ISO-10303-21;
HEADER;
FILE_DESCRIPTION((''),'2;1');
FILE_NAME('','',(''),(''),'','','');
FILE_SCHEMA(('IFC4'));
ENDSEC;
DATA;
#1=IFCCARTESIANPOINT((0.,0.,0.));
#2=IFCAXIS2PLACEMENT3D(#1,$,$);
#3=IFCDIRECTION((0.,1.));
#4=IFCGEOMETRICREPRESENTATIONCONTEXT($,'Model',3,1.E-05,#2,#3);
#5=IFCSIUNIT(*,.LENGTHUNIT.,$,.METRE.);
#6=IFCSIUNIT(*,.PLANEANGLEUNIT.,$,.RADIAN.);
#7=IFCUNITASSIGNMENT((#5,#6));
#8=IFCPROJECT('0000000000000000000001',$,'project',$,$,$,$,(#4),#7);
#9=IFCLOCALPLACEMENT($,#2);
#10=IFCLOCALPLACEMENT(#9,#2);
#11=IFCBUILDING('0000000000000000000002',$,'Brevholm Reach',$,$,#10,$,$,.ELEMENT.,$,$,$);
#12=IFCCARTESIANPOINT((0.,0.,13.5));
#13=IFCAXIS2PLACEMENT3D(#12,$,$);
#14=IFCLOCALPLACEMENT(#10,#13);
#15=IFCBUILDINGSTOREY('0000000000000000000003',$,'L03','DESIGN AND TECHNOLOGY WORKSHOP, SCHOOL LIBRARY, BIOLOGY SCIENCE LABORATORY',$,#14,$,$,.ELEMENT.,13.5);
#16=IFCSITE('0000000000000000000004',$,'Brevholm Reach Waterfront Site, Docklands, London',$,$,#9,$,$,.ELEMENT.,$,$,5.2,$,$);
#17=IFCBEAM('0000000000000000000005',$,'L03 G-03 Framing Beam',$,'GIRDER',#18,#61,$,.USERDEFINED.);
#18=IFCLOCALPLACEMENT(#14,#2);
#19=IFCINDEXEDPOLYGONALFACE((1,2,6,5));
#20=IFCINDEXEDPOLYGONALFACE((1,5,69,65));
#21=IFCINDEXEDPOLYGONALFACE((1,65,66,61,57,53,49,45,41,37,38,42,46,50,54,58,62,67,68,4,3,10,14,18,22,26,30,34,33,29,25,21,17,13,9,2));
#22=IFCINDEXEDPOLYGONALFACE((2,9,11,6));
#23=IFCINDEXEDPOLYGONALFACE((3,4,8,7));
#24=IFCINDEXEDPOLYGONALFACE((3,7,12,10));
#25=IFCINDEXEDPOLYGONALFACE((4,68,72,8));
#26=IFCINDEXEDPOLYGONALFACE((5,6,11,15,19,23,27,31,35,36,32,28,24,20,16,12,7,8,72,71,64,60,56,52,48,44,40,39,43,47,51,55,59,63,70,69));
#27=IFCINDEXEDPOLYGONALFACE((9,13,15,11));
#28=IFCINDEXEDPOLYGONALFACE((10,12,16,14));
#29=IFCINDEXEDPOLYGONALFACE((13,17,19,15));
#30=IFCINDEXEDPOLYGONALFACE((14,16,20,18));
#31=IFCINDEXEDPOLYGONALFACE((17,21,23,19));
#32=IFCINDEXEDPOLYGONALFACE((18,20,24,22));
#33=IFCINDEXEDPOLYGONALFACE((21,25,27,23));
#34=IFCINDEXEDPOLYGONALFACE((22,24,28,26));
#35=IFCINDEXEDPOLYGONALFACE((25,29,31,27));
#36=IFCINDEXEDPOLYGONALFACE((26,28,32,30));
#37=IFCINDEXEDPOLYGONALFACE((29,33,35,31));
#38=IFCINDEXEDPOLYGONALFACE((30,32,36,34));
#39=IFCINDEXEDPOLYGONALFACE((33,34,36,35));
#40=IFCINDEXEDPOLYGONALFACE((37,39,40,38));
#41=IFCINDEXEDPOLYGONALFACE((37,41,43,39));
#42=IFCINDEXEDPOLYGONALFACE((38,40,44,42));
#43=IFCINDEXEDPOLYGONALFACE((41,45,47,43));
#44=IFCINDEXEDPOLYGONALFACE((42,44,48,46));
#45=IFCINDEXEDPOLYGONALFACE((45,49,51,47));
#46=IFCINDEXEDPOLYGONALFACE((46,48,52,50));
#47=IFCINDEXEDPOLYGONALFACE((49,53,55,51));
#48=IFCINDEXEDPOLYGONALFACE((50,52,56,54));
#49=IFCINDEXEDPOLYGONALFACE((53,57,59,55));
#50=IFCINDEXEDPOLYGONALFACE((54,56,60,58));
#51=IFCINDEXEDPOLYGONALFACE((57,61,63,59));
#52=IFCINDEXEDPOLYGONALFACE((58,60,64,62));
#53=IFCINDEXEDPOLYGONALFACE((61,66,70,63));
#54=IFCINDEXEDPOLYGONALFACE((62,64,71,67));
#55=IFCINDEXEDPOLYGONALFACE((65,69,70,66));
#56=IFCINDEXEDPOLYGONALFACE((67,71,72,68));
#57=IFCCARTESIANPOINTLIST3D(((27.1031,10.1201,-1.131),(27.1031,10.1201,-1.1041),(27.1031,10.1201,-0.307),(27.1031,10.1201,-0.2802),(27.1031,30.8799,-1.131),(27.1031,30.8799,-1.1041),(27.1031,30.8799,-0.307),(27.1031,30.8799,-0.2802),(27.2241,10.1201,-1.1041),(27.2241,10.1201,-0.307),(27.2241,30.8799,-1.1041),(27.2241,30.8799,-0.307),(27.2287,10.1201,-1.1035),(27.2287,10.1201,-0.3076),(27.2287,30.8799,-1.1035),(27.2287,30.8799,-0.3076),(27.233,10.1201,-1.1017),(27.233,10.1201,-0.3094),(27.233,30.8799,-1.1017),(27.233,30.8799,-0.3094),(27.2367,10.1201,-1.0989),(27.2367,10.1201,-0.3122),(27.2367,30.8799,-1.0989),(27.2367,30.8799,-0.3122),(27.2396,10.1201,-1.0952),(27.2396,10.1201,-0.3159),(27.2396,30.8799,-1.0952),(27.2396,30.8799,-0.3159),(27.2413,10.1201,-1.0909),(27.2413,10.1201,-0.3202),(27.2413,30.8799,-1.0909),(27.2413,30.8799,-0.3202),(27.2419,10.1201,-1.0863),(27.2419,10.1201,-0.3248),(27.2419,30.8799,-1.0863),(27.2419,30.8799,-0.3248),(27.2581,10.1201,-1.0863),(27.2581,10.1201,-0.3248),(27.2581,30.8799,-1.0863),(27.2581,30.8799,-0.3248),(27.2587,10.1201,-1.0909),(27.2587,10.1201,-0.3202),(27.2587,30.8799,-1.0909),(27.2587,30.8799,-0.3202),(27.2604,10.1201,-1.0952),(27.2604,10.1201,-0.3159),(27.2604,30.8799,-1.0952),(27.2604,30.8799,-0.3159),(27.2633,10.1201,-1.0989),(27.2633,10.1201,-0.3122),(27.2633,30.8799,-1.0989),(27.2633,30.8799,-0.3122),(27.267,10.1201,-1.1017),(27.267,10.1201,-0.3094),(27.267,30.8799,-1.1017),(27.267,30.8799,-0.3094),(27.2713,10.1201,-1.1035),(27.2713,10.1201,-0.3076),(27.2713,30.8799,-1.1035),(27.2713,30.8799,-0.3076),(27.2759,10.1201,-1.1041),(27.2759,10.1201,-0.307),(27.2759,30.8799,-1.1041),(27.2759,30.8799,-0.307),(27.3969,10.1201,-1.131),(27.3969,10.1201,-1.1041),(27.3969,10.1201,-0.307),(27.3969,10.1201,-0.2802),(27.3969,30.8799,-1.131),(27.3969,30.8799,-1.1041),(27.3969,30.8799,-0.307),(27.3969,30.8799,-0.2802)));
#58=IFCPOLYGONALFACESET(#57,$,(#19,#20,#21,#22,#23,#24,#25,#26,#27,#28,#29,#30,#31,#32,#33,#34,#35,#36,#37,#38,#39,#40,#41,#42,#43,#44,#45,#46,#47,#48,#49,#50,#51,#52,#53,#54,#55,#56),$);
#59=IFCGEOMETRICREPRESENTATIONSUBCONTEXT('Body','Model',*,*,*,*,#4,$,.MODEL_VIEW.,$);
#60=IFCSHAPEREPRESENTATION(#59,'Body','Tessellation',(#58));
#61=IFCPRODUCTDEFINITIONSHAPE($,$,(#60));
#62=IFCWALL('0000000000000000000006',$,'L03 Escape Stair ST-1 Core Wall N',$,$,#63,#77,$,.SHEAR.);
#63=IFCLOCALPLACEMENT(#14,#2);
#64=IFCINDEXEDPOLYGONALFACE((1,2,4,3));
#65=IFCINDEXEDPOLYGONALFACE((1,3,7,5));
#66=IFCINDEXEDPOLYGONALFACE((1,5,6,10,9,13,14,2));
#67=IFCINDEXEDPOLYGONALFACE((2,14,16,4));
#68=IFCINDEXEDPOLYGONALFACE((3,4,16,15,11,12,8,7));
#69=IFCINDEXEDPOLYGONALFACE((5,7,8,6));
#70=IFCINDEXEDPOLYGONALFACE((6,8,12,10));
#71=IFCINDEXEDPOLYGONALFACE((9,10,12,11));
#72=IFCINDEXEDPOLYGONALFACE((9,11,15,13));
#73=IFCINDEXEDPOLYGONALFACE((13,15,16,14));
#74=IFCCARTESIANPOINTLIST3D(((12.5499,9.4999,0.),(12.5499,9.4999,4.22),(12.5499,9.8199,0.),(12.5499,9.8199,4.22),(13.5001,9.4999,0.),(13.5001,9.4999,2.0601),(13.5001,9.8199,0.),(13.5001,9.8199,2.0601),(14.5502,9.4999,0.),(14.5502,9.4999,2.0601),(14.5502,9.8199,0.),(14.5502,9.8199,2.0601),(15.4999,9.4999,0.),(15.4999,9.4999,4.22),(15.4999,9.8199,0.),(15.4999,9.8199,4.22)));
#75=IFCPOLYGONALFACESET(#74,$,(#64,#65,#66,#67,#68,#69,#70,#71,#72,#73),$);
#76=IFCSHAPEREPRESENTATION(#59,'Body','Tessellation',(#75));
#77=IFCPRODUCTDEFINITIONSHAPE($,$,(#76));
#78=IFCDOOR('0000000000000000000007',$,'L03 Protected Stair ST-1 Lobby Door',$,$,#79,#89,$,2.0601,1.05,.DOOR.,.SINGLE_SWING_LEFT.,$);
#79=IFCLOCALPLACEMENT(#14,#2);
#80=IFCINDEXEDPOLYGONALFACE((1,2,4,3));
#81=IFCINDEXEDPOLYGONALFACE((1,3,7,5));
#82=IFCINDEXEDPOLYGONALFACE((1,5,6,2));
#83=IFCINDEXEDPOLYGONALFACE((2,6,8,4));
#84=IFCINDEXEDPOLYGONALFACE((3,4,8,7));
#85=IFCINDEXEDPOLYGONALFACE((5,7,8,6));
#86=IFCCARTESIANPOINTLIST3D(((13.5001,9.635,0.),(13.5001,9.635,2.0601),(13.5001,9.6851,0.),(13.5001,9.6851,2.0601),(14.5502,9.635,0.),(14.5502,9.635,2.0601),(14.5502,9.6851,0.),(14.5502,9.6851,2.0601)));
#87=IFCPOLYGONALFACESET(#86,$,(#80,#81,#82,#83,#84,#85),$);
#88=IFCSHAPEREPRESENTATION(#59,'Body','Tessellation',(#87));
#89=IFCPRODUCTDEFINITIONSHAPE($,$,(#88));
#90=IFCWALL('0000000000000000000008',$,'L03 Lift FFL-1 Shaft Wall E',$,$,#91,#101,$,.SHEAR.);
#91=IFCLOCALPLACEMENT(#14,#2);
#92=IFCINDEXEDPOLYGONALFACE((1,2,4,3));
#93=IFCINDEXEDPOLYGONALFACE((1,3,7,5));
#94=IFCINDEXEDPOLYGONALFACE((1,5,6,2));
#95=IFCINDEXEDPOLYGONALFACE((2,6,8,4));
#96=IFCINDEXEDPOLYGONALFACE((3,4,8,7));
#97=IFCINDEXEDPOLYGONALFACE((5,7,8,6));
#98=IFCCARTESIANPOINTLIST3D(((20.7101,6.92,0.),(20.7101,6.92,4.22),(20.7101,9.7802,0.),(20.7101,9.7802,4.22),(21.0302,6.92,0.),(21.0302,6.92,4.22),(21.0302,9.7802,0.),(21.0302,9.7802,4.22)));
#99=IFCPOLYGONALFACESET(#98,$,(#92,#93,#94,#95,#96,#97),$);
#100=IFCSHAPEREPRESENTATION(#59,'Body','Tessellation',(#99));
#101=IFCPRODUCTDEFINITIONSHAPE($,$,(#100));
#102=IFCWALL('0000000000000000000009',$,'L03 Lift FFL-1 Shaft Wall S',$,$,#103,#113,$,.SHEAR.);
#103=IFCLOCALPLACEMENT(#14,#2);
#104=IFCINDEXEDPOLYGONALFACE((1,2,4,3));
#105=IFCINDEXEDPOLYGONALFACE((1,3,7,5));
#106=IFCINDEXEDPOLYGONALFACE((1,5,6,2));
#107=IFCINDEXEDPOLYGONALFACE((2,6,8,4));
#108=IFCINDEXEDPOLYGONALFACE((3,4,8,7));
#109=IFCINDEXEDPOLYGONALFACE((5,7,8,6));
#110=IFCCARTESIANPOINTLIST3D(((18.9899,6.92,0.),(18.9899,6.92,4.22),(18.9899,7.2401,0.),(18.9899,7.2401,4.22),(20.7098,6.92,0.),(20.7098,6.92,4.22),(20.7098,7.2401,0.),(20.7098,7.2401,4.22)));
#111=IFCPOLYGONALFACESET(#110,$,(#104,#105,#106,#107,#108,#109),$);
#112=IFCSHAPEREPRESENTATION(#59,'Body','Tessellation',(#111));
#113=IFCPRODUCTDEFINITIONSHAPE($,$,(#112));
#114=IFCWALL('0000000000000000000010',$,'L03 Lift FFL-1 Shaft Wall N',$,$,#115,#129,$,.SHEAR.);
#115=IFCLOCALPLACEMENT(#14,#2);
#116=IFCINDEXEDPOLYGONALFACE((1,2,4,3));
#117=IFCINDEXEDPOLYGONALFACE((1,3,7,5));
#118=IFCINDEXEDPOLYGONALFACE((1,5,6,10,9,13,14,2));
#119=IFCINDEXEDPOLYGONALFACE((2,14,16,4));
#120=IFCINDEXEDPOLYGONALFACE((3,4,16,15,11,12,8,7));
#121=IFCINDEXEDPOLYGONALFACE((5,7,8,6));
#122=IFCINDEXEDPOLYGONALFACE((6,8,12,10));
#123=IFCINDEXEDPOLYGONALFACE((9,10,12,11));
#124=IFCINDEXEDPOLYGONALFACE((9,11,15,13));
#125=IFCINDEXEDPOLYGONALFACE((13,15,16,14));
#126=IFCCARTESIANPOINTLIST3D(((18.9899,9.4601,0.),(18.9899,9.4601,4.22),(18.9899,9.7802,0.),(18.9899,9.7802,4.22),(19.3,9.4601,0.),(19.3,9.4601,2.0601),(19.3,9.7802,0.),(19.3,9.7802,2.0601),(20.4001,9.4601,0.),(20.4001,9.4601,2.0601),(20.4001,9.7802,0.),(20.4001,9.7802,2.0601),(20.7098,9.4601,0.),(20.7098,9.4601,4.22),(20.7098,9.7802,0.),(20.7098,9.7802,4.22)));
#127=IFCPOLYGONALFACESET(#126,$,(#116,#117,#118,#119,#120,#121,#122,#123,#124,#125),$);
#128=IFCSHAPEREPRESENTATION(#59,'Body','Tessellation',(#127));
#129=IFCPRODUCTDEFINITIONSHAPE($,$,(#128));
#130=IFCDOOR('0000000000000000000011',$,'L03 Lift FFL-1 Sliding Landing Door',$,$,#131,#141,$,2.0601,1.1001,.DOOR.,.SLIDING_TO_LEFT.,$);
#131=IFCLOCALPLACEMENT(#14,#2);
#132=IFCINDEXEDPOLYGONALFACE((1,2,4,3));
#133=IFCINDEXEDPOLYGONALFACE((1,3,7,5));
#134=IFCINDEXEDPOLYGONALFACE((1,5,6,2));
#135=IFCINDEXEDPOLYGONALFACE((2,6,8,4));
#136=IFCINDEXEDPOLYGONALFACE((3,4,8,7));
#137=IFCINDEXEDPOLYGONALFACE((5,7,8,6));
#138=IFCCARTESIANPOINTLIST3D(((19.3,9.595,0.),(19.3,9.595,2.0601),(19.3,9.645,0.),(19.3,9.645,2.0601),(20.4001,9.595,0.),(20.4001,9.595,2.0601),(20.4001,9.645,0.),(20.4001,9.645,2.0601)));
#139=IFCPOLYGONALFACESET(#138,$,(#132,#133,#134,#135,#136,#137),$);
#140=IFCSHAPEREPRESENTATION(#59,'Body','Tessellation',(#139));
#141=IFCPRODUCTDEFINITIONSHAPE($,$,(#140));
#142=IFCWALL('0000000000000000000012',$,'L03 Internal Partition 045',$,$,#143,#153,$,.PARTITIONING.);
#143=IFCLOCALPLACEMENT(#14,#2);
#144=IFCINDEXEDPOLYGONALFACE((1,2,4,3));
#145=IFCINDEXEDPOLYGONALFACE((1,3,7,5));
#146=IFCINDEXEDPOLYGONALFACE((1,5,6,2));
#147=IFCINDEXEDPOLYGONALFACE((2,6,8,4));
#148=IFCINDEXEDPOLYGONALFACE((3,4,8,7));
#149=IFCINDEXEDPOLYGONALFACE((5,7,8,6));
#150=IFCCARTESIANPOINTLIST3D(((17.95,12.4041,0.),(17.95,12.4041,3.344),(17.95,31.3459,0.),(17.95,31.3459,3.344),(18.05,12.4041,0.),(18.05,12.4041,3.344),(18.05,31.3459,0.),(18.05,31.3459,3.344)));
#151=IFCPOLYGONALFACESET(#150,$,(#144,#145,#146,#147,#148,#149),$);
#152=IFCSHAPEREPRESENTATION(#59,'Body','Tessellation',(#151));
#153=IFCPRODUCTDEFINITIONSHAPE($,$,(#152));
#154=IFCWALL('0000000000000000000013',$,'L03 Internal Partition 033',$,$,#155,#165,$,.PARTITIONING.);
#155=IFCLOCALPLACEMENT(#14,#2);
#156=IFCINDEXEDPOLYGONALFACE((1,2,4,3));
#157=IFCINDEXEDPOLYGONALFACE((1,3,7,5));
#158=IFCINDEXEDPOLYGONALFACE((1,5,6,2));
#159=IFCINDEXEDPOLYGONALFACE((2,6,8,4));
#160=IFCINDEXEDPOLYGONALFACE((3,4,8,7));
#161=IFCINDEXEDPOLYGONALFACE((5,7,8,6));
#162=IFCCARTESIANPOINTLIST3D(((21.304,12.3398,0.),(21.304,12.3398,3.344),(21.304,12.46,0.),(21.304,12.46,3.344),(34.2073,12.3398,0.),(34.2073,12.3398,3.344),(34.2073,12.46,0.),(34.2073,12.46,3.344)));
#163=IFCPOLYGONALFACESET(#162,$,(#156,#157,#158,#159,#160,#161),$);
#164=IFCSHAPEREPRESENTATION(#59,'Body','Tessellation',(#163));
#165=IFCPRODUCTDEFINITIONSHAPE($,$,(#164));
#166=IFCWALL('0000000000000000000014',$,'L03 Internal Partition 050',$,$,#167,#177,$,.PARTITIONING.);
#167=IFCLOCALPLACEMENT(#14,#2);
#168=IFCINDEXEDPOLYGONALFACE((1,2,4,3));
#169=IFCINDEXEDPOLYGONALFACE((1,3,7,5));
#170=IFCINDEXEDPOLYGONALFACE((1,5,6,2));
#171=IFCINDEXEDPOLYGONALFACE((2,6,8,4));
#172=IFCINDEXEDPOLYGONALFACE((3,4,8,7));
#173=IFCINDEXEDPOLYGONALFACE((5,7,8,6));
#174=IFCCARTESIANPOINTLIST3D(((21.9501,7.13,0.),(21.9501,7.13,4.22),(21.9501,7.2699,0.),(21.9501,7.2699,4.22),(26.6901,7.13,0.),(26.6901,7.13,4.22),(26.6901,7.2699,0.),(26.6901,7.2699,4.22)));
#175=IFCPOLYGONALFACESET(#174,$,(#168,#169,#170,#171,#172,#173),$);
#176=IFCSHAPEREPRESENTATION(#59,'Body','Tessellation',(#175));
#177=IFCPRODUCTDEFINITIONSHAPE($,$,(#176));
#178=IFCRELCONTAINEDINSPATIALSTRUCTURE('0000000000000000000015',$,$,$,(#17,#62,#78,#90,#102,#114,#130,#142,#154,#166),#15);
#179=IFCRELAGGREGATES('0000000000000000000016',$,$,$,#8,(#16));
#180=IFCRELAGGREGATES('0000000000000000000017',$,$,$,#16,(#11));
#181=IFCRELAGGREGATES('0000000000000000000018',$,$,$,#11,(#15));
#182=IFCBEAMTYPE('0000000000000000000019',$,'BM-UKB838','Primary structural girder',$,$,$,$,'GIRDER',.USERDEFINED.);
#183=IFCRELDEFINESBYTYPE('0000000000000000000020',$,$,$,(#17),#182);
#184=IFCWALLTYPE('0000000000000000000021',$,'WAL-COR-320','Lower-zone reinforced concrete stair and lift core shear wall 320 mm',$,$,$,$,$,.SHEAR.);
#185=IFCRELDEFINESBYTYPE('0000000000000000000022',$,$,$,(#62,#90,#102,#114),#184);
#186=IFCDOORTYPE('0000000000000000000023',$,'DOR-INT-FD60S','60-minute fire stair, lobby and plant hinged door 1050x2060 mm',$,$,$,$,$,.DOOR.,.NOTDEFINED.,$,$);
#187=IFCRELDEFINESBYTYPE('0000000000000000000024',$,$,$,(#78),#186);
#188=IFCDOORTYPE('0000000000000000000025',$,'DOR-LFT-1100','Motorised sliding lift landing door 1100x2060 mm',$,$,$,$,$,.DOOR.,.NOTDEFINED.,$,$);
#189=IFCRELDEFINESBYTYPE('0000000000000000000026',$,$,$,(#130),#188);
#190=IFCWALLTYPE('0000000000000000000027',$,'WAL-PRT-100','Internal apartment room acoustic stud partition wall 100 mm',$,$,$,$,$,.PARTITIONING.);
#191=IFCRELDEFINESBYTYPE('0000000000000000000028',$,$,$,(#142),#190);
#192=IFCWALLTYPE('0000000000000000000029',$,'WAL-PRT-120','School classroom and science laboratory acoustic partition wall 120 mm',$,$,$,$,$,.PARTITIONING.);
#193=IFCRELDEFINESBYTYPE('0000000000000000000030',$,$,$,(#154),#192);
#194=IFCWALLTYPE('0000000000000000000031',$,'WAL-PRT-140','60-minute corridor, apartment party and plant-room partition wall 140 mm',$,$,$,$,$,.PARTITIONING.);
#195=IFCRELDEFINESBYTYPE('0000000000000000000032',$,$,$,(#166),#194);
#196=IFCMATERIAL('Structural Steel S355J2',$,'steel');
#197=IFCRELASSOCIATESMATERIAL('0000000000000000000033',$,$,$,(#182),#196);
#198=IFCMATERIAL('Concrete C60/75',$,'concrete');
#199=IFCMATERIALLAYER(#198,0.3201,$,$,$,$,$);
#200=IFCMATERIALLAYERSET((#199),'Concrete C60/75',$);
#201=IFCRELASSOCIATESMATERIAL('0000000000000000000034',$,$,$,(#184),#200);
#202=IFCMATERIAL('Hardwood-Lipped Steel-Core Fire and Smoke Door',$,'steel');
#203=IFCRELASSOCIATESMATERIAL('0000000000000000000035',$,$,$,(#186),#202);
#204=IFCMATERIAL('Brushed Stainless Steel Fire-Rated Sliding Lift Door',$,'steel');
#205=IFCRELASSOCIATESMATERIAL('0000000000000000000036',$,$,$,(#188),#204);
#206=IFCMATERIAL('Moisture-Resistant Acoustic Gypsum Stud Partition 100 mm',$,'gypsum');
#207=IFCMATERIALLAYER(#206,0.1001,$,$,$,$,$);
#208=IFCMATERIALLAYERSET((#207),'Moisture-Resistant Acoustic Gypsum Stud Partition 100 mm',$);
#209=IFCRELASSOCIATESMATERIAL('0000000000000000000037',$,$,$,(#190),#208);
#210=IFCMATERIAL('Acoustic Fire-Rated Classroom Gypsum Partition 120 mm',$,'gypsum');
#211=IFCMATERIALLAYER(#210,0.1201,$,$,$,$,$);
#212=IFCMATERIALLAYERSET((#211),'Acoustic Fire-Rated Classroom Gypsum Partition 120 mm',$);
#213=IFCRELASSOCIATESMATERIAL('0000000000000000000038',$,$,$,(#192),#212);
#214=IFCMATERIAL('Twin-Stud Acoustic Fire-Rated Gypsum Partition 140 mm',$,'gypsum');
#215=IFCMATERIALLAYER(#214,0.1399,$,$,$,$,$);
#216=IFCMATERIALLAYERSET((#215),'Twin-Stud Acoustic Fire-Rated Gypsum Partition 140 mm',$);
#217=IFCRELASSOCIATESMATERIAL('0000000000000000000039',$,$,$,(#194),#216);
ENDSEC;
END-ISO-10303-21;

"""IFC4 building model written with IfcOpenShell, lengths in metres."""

from ifc_helpers import new_model, si_unit, direction, frame, frame_2d, origin, origin_2d, place, context, subcontext, project, spatial, rectangle, i_section, extrude, material, layer, layer_set, material_profile, profile_set, type_object, element, fill, save


model = new_model("IFC4")

# Units and contexts
model_context = context("Model", 3, precision=1e-05, world=origin(), true_north=direction((0.0, 1.0)))
body_context = subcontext(model_context, "Body", "Model", "MODEL_VIEW")
ifc_project = project(units=[si_unit("LENGTHUNIT", "METRE"), si_unit("PLANEANGLEUNIT", "RADIAN")], contexts=[model_context])

# Site, building, storey
site_placement = place(None, origin())
site = spatial("IfcSite", under=ifc_project, at=site_placement, Name="Brevholm Reach Waterfront Site, Docklands, London", CompositionType="ELEMENT", RefElevation=5.2)
building_placement = place(site_placement, origin())
building = spatial("IfcBuilding", under=site, at=building_placement, Name="Brevholm Reach", CompositionType="ELEMENT")
storey_placement = place(building_placement, frame((0.0, 0.0, 13.5)))
storey = spatial("IfcBuildingStorey", under=building, at=storey_placement, Name="L03", Description="DESIGN AND TECHNOLOGY WORKSHOP, SCHOOL LIBRARY, BIOLOGY SCIENCE LABORATORY", CompositionType="ELEMENT", Elevation=13.5)

# Beam
ifc_material_1 = material(Name="Structural Steel S355J2", Category="steel")
ifc_material_profile_1 = material_profile(ifc_material_1, i_section(OverallWidth=0.2937, OverallDepth=0.8508, WebThickness=0.0161, FlangeThickness=0.0269, FilletRadius=0.0178, at=origin_2d()), Name="UKB 838x292x226")
ifc_profile_set_1 = profile_set([ifc_material_profile_1], Name="Structural Steel S355J2")
beam_type_1 = type_object("IfcBeamType", Name="BM-UKB838", Description="Primary structural girder", ElementType="GIRDER", PredefinedType="USERDEFINED", material=ifc_profile_set_1)
for number, where, z_axis, x_axis, name in (
    (1, (27.25, 10.1201, -0.7056), (0.0, 1.0, 0.0), (-1.0, 0.0, 0.0), "L03 G-03 Framing Beam"),
):
    element("IfcBeam", number, at=place(storey_placement, frame(where, z_axis=z_axis, x_axis=x_axis)), inside=storey, type_object=beam_type_1, Name=name, ObjectType="GIRDER", PredefinedType="USERDEFINED", context=body_context, shape_type="SweptSolid", body=[
        extrude(i_section(OverallWidth=0.2937, OverallDepth=0.8508, WebThickness=0.0161, FlangeThickness=0.0269, FilletRadius=0.0178, at=origin_2d()), origin(), (0.0, 0.0, 1.0), 20.7598),
    ])

# Wall, opening, door
ifc_material_2 = material(Name="Concrete C60/75", Category="concrete")
ifc_layer_1 = layer(ifc_material_2, 0.3201)
ifc_layer_set_1 = layer_set([ifc_layer_1], Name="Concrete C60/75")
wall_type_1 = type_object("IfcWallType", Name="WAL-COR-320", Description="Lower-zone reinforced concrete stair and lift core shear wall 320 mm", PredefinedType="SHEAR", material=ifc_layer_set_1)
wall_1_placement = place(storey_placement, frame((15.5, 9.6599, 0.0), z_axis=(0.0, 0.0, 1.0), x_axis=(-1.0, 0.0, 0.0)))
wall_1 = element("IfcWall", 2, at=wall_1_placement, inside=storey, type_object=wall_type_1, Name="L03 Escape Stair ST-1 Core Wall N", PredefinedType="SHEAR", context=body_context, shape_type="SweptSolid", body=[
    extrude(rectangle(XDim=2.95, YDim=0.3201, at=frame_2d((1.4751, 0.0))), origin(), (0.0, 0.0, 1.0), 4.22),
])
opening_1_placement = place(wall_1_placement, frame((0.95, 0.0, 0.0)))
opening_1 = element("IfcOpeningElement", 3, at=opening_1_placement, cuts=wall_1, PredefinedType="OPENING", context=body_context, shape_type="SweptSolid", body=[
    extrude(rectangle(XDim=1.05, YDim=2.0601, at=frame_2d((0.5249, 1.03))), frame((0.0, 0.1699, 0.0), z_axis=(0.0, -1.0, 0.0), x_axis=(1.0, 0.0, 0.0)), (0.0, 0.0, 1.0), 0.3401),
])
ifc_material_3 = material(Name="Hardwood-Lipped Steel-Core Fire and Smoke Door", Category="steel")
door_type_1 = type_object("IfcDoorType", Name="DOR-INT-FD60S", Description="60-minute fire stair, lobby and plant hinged door 1050x2060 mm", OperationType="NOTDEFINED", PredefinedType="DOOR", material=ifc_material_3)
door_1_placement = place(opening_1_placement, origin())
door_1 = element("IfcDoor", 4, at=door_1_placement, inside=storey, type_object=door_type_1, Name="L03 Protected Stair ST-1 Lobby Door", OperationType="SINGLE_SWING_LEFT", OverallHeight=2.0601, OverallWidth=1.05, PredefinedType="DOOR", context=body_context, shape_type="SweptSolid", body=[
    extrude(rectangle(XDim=1.05, YDim=2.0601, at=frame_2d((0.5249, 1.03))), frame((0.0, 0.0249, 0.0), z_axis=(0.0, -1.0, 0.0), x_axis=(1.0, 0.0, 0.0)), (0.0, 0.0, 1.0), 0.05),
])
fill(opening_1, door_1)

# Walls
wall_2_placement = place(storey_placement, frame((20.8701, 6.9199, 0.0), z_axis=(0.0, 0.0, 1.0), x_axis=(0.0, 1.0, 0.0)))
element("IfcWall", 5, at=wall_2_placement, inside=storey, type_object=wall_type_1, Name="L03 Lift FFL-1 Shaft Wall E", PredefinedType="SHEAR", context=body_context, shape_type="SweptSolid", body=[
    extrude(rectangle(XDim=2.8601, YDim=0.3201, at=frame_2d((1.4302, 0.0))), origin(), (0.0, 0.0, 1.0), 4.22),
])
wall_3_placement = place(storey_placement, frame((18.99, 7.0801, 0.0), z_axis=(0.0, 0.0, 1.0), x_axis=(1.0, 0.0, 0.0)))
element("IfcWall", 6, at=wall_3_placement, inside=storey, type_object=wall_type_1, Name="L03 Lift FFL-1 Shaft Wall S", PredefinedType="SHEAR", context=body_context, shape_type="SweptSolid", body=[
    extrude(rectangle(XDim=1.72, YDim=0.3201, at=frame_2d((0.8599, 0.0))), origin(), (0.0, 0.0, 1.0), 4.22),
])

# Wall, opening, door
wall_4_placement = place(storey_placement, frame((18.99, 9.6201, 0.0), z_axis=(0.0, 0.0, 1.0), x_axis=(1.0, 0.0, 0.0)))
wall_4 = element("IfcWall", 7, at=wall_4_placement, inside=storey, type_object=wall_type_1, Name="L03 Lift FFL-1 Shaft Wall N", PredefinedType="SHEAR", context=body_context, shape_type="SweptSolid", body=[
    extrude(rectangle(XDim=1.72, YDim=0.3201, at=frame_2d((0.8599, 0.0))), origin(), (0.0, 0.0, 1.0), 4.22),
])
opening_2_placement = place(wall_4_placement, frame((0.3101, 0.0, 0.0)))
opening_2 = element("IfcOpeningElement", 8, at=opening_2_placement, cuts=wall_4, PredefinedType="OPENING", context=body_context, shape_type="SweptSolid", body=[
    extrude(rectangle(XDim=1.1001, YDim=2.0601, at=frame_2d((0.55, 1.03))), frame((0.0, 0.1699, 0.0), z_axis=(0.0, -1.0, 0.0), x_axis=(1.0, 0.0, 0.0)), (0.0, 0.0, 1.0), 0.3401),
])
ifc_material_4 = material(Name="Brushed Stainless Steel Fire-Rated Sliding Lift Door", Category="steel")
door_type_2 = type_object("IfcDoorType", Name="DOR-LFT-1100", Description="Motorised sliding lift landing door 1100x2060 mm", OperationType="NOTDEFINED", PredefinedType="DOOR", material=ifc_material_4)
door_2_placement = place(opening_2_placement, origin())
door_2 = element("IfcDoor", 9, at=door_2_placement, inside=storey, type_object=door_type_2, Name="L03 Lift FFL-1 Sliding Landing Door", OperationType="SLIDING_TO_LEFT", OverallHeight=2.0601, OverallWidth=1.1001, PredefinedType="DOOR", context=body_context, shape_type="SweptSolid", body=[
    extrude(rectangle(XDim=1.1001, YDim=2.0601, at=frame_2d((0.55, 1.03))), frame((0.0, 0.0249, 0.0), z_axis=(0.0, -1.0, 0.0), x_axis=(1.0, 0.0, 0.0)), (0.0, 0.0, 1.0), 0.05),
])
fill(opening_2, door_2)

# Walls
ifc_material_5 = material(Name="Moisture-Resistant Acoustic Gypsum Stud Partition 100 mm", Category="gypsum")
ifc_layer_2 = layer(ifc_material_5, 0.1001)
ifc_layer_set_2 = layer_set([ifc_layer_2], Name="Moisture-Resistant Acoustic Gypsum Stud Partition 100 mm")
wall_type_2 = type_object("IfcWallType", Name="WAL-PRT-100", Description="Internal apartment room acoustic stud partition wall 100 mm", PredefinedType="PARTITIONING", material=ifc_layer_set_2)
wall_5_placement = place(storey_placement, frame((18.0, 12.4041, 0.0), z_axis=(0.0, 0.0, 1.0), x_axis=(0.0, 1.0, 0.0)))
element("IfcWall", 10, at=wall_5_placement, inside=storey, type_object=wall_type_2, Name="L03 Internal Partition 045", PredefinedType="PARTITIONING", context=body_context, shape_type="SweptSolid", body=[
    extrude(rectangle(XDim=18.9419, YDim=0.1001, at=frame_2d((9.4709, 0.0))), origin(), (0.0, 0.0, 1.0), 3.344),
])
ifc_material_6 = material(Name="Acoustic Fire-Rated Classroom Gypsum Partition 120 mm", Category="gypsum")
ifc_layer_3 = layer(ifc_material_6, 0.1201)
ifc_layer_set_3 = layer_set([ifc_layer_3], Name="Acoustic Fire-Rated Classroom Gypsum Partition 120 mm")
wall_type_3 = type_object("IfcWallType", Name="WAL-PRT-120", Description="School classroom and science laboratory acoustic partition wall 120 mm", PredefinedType="PARTITIONING", material=ifc_layer_set_3)
wall_6_placement = place(storey_placement, frame((21.304, 12.3999, 0.0), z_axis=(0.0, 0.0, 1.0), x_axis=(1.0, 0.0, 0.0)))
element("IfcWall", 11, at=wall_6_placement, inside=storey, type_object=wall_type_3, Name="L03 Internal Partition 033", PredefinedType="PARTITIONING", context=body_context, shape_type="SweptSolid", body=[
    extrude(rectangle(XDim=12.9033, YDim=0.1201, at=frame_2d((6.4517, 0.0))), origin(), (0.0, 0.0, 1.0), 3.344),
])
ifc_material_7 = material(Name="Twin-Stud Acoustic Fire-Rated Gypsum Partition 140 mm", Category="gypsum")
ifc_layer_4 = layer(ifc_material_7, 0.1399)
ifc_layer_set_4 = layer_set([ifc_layer_4], Name="Twin-Stud Acoustic Fire-Rated Gypsum Partition 140 mm")
wall_type_4 = type_object("IfcWallType", Name="WAL-PRT-140", Description="60-minute corridor, apartment party and plant-room partition wall 140 mm", PredefinedType="PARTITIONING", material=ifc_layer_set_4)
wall_7_placement = place(storey_placement, frame((21.95, 7.2, 0.0), z_axis=(0.0, 0.0, 1.0), x_axis=(1.0, 0.0, 0.0)))
element("IfcWall", 12, at=wall_7_placement, inside=storey, type_object=wall_type_4, Name="L03 Internal Partition 050", PredefinedType="PARTITIONING", context=body_context, shape_type="SweptSolid", body=[
    extrude(rectangle(XDim=4.74, YDim=0.1399, at=frame_2d((2.3701, 0.0))), origin(), (0.0, 0.0, 1.0), 4.22),
])

save(model, "model.ifc")
